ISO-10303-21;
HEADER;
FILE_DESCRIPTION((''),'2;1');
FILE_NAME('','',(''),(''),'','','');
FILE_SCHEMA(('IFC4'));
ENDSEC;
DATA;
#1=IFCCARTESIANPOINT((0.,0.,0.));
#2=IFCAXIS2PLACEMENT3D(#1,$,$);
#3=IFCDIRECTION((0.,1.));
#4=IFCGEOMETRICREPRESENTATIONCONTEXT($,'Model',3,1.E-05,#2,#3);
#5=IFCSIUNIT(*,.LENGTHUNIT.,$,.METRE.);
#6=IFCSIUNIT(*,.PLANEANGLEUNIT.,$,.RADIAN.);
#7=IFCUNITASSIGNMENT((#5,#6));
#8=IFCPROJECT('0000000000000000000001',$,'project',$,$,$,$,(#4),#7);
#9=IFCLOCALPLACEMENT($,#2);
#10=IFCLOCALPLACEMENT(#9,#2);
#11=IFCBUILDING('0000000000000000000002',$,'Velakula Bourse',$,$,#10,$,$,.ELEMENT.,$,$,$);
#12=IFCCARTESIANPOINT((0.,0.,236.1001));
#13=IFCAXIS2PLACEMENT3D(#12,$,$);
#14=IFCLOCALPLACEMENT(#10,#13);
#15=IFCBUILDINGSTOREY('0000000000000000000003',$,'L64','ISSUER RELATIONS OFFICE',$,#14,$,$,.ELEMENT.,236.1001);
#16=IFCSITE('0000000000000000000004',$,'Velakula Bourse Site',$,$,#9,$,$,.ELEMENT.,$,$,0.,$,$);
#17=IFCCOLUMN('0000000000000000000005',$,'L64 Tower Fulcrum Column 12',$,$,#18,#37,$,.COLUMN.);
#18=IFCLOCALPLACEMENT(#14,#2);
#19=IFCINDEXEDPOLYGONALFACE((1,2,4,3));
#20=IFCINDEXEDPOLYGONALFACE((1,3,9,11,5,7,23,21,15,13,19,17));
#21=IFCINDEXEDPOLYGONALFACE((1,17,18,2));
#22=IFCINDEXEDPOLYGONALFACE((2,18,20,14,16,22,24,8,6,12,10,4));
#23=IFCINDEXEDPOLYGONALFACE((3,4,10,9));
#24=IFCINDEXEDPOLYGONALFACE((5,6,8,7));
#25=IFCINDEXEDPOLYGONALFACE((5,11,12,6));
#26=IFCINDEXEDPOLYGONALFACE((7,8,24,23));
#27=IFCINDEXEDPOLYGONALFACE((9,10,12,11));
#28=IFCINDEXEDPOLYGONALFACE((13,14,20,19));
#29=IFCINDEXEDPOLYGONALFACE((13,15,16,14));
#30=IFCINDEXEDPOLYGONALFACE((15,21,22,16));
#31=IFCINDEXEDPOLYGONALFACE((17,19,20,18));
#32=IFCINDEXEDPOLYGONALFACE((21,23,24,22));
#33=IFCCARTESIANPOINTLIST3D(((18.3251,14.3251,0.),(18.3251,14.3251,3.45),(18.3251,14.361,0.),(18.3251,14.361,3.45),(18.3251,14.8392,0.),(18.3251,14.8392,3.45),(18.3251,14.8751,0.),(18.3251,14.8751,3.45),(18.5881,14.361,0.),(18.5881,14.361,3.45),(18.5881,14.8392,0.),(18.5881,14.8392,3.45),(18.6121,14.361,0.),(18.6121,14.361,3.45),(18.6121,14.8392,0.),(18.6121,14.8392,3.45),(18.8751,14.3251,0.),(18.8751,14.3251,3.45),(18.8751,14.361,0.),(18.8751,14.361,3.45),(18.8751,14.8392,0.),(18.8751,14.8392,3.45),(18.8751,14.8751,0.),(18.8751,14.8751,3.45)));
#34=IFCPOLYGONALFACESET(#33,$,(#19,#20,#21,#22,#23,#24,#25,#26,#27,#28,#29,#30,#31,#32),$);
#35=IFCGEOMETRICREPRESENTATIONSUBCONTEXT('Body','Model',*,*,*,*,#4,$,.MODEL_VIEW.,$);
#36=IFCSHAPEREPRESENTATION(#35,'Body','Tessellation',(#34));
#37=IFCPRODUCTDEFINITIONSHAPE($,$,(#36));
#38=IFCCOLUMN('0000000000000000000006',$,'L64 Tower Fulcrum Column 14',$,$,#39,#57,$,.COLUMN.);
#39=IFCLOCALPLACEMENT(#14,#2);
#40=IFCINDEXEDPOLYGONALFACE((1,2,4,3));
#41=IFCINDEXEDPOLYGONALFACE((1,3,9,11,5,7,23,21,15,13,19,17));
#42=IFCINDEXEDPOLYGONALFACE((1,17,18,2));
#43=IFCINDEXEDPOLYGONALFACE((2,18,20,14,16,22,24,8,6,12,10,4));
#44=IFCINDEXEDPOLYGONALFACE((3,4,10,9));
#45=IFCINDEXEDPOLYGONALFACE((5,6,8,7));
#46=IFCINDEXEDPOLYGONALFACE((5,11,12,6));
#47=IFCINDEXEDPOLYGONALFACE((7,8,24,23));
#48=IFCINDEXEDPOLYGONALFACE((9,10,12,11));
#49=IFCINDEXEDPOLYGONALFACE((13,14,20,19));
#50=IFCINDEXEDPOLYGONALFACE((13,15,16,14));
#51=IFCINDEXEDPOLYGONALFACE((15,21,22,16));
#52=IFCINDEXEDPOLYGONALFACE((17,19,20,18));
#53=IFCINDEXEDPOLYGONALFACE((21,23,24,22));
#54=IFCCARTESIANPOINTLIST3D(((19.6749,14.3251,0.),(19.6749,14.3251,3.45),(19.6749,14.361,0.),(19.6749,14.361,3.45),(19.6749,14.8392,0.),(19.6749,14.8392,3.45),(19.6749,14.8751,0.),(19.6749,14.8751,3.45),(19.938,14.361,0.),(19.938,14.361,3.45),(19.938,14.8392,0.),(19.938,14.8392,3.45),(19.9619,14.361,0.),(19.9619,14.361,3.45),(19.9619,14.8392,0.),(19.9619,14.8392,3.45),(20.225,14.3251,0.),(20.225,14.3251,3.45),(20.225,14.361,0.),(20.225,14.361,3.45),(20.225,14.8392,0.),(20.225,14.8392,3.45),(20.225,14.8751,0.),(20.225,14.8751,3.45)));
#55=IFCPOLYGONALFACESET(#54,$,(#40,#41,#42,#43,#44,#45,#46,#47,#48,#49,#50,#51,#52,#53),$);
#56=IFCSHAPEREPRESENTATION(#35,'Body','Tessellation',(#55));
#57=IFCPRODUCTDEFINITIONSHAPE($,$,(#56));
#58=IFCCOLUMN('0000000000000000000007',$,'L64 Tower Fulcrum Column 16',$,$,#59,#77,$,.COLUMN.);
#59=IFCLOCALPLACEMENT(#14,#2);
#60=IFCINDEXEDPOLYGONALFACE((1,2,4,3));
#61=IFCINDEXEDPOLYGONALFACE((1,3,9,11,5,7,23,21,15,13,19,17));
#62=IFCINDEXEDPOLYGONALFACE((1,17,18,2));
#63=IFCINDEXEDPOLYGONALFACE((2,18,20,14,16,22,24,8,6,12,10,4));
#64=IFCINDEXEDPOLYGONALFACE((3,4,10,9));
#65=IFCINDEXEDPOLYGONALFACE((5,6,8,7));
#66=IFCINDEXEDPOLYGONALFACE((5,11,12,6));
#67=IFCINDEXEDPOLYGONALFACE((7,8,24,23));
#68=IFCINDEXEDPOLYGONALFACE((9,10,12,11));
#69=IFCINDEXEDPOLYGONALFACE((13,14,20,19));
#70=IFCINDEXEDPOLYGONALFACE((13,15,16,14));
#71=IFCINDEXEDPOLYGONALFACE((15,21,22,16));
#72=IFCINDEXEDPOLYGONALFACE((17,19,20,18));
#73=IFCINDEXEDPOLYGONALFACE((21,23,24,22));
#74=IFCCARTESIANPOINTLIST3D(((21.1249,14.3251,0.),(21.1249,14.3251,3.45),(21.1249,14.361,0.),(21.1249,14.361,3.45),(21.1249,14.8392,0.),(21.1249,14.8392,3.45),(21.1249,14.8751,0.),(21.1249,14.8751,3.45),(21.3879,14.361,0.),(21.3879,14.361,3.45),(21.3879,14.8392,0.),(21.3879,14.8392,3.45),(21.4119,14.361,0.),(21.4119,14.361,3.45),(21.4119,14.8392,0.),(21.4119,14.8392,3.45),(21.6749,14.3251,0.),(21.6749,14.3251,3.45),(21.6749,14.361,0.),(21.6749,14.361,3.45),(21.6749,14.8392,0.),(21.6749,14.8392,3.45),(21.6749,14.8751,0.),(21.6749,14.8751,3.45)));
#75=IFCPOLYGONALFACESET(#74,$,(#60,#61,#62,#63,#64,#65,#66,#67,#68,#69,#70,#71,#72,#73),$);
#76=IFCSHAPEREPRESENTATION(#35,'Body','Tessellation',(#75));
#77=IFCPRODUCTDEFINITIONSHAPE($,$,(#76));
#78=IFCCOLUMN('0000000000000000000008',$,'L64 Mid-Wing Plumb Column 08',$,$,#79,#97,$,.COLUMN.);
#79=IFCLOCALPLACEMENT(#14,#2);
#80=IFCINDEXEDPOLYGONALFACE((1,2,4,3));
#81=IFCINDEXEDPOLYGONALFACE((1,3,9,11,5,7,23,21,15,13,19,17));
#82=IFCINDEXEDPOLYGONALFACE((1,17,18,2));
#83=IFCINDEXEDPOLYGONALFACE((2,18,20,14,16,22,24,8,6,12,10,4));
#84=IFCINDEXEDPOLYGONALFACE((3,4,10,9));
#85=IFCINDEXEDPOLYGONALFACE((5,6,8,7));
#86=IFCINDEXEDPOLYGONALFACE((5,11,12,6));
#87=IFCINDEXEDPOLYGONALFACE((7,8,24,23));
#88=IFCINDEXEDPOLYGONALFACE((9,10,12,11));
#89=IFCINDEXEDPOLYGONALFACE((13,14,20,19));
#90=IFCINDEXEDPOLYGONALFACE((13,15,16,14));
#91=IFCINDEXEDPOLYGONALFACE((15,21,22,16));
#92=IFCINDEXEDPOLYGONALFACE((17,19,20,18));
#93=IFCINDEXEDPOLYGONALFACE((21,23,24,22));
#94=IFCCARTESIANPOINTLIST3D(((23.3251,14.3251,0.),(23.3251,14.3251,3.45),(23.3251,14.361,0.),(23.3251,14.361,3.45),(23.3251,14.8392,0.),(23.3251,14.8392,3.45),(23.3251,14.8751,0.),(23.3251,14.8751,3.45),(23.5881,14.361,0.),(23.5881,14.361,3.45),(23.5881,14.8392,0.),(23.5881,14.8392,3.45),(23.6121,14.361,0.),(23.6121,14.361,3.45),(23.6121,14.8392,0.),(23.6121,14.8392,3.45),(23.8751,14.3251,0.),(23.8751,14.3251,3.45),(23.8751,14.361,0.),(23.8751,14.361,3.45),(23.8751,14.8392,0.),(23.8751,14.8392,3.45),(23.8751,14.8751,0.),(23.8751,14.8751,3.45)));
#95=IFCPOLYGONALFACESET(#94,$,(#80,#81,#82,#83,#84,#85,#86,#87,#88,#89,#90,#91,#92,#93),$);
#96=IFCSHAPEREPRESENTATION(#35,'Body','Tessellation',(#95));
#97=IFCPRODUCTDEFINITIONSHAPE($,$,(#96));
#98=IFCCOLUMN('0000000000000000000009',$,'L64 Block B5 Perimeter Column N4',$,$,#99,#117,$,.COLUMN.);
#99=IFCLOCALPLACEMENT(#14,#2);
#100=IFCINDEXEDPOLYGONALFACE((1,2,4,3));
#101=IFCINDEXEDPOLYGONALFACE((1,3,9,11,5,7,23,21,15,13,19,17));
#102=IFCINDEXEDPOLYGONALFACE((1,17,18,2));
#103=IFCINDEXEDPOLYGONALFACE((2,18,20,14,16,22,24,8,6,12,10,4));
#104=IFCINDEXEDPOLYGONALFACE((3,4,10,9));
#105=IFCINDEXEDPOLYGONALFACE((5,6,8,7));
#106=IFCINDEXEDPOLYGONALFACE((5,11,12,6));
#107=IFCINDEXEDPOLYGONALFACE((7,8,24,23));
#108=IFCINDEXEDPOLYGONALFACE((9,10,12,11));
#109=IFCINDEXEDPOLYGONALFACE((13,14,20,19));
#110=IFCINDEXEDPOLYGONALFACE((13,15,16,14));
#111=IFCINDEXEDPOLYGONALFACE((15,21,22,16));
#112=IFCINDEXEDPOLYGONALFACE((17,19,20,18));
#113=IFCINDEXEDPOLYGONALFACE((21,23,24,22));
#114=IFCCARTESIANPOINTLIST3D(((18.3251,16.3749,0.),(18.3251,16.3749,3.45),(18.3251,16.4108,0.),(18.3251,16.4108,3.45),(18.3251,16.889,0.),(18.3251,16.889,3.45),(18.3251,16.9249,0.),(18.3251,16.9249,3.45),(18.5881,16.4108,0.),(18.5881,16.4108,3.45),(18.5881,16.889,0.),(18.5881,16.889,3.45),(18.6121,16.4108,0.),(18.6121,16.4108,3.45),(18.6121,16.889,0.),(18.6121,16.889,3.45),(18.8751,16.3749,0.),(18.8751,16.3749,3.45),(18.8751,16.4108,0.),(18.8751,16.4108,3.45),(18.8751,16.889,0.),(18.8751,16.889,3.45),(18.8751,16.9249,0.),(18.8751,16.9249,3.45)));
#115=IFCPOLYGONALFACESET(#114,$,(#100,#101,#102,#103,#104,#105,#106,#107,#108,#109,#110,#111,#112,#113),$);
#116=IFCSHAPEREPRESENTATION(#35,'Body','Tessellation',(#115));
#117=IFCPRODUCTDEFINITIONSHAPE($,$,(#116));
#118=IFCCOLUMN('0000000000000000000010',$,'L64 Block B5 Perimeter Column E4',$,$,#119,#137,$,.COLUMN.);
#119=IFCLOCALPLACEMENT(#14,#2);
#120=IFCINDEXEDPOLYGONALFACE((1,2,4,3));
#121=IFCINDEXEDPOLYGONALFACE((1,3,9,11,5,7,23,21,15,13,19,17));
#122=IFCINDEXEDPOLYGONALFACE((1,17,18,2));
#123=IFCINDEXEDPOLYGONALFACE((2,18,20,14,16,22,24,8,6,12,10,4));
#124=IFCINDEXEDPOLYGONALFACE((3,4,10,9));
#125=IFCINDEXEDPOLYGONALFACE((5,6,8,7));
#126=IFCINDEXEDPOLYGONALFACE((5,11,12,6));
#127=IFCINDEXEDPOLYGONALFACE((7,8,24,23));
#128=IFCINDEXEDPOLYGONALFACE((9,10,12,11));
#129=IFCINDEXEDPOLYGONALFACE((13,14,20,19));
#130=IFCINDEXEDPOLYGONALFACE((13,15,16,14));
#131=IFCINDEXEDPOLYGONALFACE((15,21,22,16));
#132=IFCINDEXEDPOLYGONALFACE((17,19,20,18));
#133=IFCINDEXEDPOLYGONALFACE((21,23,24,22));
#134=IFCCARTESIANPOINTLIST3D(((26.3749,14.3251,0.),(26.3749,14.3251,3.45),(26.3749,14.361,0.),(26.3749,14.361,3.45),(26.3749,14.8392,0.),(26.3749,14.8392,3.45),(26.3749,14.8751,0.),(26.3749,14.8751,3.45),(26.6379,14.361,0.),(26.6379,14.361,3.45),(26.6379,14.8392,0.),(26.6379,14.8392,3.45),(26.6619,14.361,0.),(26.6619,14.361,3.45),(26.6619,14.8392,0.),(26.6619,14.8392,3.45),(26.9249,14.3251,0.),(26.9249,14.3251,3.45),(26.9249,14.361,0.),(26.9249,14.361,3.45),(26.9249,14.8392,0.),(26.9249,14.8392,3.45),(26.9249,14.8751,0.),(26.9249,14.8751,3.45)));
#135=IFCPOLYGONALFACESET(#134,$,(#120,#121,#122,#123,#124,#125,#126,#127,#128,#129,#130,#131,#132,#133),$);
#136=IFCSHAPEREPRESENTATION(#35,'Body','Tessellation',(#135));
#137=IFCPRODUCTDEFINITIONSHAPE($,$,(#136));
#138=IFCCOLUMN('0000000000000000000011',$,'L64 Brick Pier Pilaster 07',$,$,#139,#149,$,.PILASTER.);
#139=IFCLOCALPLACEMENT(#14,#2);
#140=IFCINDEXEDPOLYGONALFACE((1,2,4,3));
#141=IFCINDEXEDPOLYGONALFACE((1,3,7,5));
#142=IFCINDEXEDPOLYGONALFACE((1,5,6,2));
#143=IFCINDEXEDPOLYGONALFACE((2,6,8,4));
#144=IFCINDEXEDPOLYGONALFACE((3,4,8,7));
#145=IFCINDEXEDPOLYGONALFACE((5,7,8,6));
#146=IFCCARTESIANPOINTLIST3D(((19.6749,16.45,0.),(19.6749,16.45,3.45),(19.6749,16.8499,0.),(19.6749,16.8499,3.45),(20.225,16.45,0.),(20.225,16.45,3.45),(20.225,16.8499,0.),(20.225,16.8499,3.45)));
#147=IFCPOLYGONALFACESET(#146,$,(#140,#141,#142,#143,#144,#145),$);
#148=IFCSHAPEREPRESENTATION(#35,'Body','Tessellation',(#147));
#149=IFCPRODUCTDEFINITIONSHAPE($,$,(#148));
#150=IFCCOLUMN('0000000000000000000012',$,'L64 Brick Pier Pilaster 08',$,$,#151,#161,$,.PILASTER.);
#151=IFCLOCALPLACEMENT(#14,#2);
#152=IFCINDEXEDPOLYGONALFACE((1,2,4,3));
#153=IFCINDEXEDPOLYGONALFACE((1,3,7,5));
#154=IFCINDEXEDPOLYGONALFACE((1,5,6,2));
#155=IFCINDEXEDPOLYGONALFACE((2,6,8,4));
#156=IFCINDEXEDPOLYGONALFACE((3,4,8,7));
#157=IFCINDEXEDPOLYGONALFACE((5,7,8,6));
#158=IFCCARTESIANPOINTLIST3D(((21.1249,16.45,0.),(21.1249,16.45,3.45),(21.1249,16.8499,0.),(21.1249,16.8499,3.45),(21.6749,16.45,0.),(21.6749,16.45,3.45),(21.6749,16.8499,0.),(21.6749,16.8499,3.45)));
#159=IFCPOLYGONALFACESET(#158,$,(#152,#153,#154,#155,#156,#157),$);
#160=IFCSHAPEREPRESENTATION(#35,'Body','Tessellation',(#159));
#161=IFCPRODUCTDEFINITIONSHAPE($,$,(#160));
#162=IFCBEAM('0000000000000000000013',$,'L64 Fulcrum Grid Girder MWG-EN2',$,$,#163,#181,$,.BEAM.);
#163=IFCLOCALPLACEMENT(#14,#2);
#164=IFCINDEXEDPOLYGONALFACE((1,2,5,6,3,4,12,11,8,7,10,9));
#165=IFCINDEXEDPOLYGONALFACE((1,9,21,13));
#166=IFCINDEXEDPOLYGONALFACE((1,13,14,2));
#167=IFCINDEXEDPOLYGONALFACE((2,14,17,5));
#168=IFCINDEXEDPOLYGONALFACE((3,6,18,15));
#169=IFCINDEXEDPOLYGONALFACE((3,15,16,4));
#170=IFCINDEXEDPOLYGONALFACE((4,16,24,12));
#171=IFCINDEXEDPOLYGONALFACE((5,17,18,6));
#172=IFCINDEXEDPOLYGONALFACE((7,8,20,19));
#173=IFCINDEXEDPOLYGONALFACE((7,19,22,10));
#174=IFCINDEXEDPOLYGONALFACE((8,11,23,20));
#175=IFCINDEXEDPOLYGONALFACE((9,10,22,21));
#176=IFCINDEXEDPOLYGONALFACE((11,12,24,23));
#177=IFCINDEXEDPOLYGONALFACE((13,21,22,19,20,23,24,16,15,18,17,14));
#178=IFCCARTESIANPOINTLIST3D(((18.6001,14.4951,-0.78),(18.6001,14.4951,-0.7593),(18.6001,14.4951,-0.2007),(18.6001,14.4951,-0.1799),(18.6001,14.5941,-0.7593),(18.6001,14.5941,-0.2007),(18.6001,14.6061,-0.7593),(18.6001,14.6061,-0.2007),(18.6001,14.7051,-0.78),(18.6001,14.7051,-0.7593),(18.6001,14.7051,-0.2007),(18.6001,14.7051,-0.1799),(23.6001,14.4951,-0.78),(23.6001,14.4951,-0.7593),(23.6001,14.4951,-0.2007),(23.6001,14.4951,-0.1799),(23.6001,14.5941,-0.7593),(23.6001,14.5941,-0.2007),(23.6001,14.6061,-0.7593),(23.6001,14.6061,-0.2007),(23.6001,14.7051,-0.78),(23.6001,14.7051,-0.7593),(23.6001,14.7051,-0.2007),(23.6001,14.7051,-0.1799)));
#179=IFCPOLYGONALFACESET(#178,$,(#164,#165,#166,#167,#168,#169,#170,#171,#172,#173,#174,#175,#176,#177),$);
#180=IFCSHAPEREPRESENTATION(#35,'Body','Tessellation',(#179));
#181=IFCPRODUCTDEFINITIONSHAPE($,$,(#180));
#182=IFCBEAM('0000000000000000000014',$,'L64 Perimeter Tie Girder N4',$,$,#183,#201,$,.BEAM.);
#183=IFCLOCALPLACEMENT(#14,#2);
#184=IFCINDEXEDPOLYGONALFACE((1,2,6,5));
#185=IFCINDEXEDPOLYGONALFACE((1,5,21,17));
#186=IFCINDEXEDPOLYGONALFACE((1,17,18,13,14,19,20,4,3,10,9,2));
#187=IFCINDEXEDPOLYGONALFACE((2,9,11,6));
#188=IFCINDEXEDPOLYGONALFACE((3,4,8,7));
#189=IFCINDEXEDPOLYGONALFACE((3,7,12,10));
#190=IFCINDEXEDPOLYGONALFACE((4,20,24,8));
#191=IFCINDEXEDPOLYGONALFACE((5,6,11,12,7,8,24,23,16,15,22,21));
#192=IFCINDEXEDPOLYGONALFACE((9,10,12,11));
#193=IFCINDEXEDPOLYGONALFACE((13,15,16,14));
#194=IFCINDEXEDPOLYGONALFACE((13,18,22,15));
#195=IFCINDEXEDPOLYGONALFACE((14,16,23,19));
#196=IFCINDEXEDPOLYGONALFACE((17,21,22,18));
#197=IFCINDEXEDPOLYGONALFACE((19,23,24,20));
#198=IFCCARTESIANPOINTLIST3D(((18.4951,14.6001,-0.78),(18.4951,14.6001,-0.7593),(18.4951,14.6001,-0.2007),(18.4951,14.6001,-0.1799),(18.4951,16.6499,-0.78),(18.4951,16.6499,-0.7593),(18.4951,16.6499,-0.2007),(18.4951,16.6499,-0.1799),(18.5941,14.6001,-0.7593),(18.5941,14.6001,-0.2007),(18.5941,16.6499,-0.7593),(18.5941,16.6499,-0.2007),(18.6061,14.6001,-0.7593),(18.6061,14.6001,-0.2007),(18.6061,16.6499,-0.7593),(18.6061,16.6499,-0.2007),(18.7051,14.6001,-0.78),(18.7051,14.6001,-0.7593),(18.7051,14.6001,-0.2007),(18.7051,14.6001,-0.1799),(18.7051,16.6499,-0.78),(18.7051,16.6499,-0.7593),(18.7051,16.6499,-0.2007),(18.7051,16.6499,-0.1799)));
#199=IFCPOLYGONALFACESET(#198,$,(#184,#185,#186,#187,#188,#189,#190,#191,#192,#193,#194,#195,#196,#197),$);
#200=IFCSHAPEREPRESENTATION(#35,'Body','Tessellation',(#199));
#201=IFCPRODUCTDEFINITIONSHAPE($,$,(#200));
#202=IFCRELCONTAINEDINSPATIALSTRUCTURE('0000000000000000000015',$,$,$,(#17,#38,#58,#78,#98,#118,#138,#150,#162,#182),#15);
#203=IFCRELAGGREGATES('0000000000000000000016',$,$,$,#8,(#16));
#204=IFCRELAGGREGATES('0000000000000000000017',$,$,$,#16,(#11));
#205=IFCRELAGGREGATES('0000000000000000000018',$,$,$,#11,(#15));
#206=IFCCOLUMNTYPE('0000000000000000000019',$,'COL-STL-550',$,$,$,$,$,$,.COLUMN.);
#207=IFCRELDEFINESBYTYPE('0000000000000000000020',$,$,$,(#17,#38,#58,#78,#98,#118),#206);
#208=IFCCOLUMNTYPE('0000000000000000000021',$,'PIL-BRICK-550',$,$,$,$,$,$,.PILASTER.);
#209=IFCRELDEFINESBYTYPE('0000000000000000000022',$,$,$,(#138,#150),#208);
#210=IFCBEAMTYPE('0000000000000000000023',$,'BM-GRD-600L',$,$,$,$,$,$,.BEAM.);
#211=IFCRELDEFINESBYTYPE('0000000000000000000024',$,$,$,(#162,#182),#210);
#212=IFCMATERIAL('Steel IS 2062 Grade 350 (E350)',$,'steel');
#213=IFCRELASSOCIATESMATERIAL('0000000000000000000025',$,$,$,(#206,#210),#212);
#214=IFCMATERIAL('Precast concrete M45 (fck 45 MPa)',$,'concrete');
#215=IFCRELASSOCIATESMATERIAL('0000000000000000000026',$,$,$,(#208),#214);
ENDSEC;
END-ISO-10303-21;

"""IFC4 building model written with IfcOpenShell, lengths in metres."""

from ifc_helpers import new_model, si_unit, direction, frame, origin, origin_2d, place, context, subcontext, project, spatial, rectangle, i_section, extrude, material, material_profile, profile_set, type_object, element, save


model = new_model("IFC4")

# Units and contexts
model_context = context("Model", 3, precision=1e-05, world=origin(), true_north=direction((0.0, 1.0)))
body_context = subcontext(model_context, "Body", "Model", "MODEL_VIEW")
ifc_project = project(units=[si_unit("LENGTHUNIT", "METRE"), si_unit("PLANEANGLEUNIT", "RADIAN")], contexts=[model_context])

# Site, building, storey
site_placement = place(None, origin())
site = spatial("IfcSite", under=ifc_project, at=site_placement, Name="Velakula Bourse Site", CompositionType="ELEMENT", RefElevation=0.0)
building_placement = place(site_placement, origin())
building = spatial("IfcBuilding", under=site, at=building_placement, Name="Velakula Bourse", CompositionType="ELEMENT")
storey_placement = place(building_placement, frame((0.0, 0.0, 236.1001)))
storey = spatial("IfcBuildingStorey", under=building, at=storey_placement, Name="L64", Description="ISSUER RELATIONS OFFICE", CompositionType="ELEMENT", Elevation=236.1001)

# Columns
ifc_material_1 = material(Name="Steel IS 2062 Grade 350 (E350)", Category="steel")
ifc_material_profile_1 = material_profile(ifc_material_1, i_section(OverallWidth=0.55, OverallDepth=0.55, WebThickness=0.0239, FlangeThickness=0.0359, at=origin_2d()), Name="Steel IS 2062 Grade 350 (E350)")
ifc_profile_set_1 = profile_set([ifc_material_profile_1], Name="Steel IS 2062 Grade 350 (E350)")
column_type_1 = type_object("IfcColumnType", Name="COL-STL-550", PredefinedType="COLUMN", material=ifc_profile_set_1)
for number, where, z_axis, x_axis, name in (
    (1, (18.6001, 14.6001, 0.0), (0.0, 0.0, 1.0), (1.0, 0.0, 0.0), "L64 Tower Fulcrum Column 12"),
    (2, (19.95, 14.6001, 0.0), (0.0, 0.0, 1.0), (1.0, 0.0, 0.0), "L64 Tower Fulcrum Column 14"),
    (3, (21.3999, 14.6001, 0.0), (0.0, 0.0, 1.0), (1.0, 0.0, 0.0), "L64 Tower Fulcrum Column 16"),
    (4, (23.6001, 14.6001, 0.0), (0.0, 0.0, 1.0), (1.0, 0.0, 0.0), "L64 Mid-Wing Plumb Column 08"),
    (5, (18.6001, 16.6499, 0.0), (0.0, 0.0, 1.0), (1.0, 0.0, 0.0), "L64 Block B5 Perimeter Column N4"),
    (6, (26.6499, 14.6001, 0.0), (0.0, 0.0, 1.0), (1.0, 0.0, 0.0), "L64 Block B5 Perimeter Column E4"),
):
    element("IfcColumn", number, at=place(storey_placement, frame(where, z_axis=z_axis, x_axis=x_axis)), inside=storey, type_object=column_type_1, Name=name, PredefinedType="COLUMN", context=body_context, shape_type="SweptSolid", body=[
        extrude(i_section(OverallWidth=0.55, OverallDepth=0.55, WebThickness=0.0239, FlangeThickness=0.0359, at=origin_2d()), origin(), (0.0, 0.0, 1.0), 3.45),
    ])
ifc_material_2 = material(Name="Precast concrete M45 (fck 45 MPa)", Category="concrete")
ifc_material_profile_2 = material_profile(ifc_material_2, rectangle(XDim=0.55, YDim=0.3999, at=origin_2d()), Name="Precast concrete M45 (fck 45 MPa)")
ifc_profile_set_2 = profile_set([ifc_material_profile_2], Name="Precast concrete M45 (fck 45 MPa)")
column_type_2 = type_object("IfcColumnType", Name="PIL-BRICK-550", PredefinedType="PILASTER", material=ifc_profile_set_2)
for number, where, z_axis, x_axis, name in (
    (7, (19.95, 16.6499, 0.0), (0.0, 0.0, 1.0), (1.0, 0.0, 0.0), "L64 Brick Pier Pilaster 07"),
    (8, (21.3999, 16.6499, 0.0), (0.0, 0.0, 1.0), (1.0, 0.0, 0.0), "L64 Brick Pier Pilaster 08"),
):
    element("IfcColumn", number, at=place(storey_placement, frame(where, z_axis=z_axis, x_axis=x_axis)), inside=storey, type_object=column_type_2, Name=name, PredefinedType="PILASTER", context=body_context, shape_type="SweptSolid", body=[
        extrude(rectangle(XDim=0.55, YDim=0.3999, at=origin_2d()), origin(), (0.0, 0.0, 1.0), 3.45),
    ])

# Beams
ifc_material_profile_3 = material_profile(ifc_material_1, i_section(OverallWidth=0.21, OverallDepth=0.6001, WebThickness=0.012, FlangeThickness=0.0208, at=origin_2d()), Name="Steel IS 2062 Grade 350 (E350)")
ifc_profile_set_3 = profile_set([ifc_material_profile_3], Name="Steel IS 2062 Grade 350 (E350)")
beam_type_1 = type_object("IfcBeamType", Name="BM-GRD-600L", PredefinedType="BEAM", material=ifc_profile_set_3)
beam_1_placement = place(storey_placement, frame((18.6001, 14.6001, -0.48), z_axis=(1.0, 0.0, 0.0), x_axis=(0.0, 1.0, 0.0)))
element("IfcBeam", 9, at=beam_1_placement, inside=storey, type_object=beam_type_1, Name="L64 Fulcrum Grid Girder MWG-EN2", PredefinedType="BEAM", context=body_context, shape_type="SweptSolid", body=[
    extrude(i_section(OverallWidth=0.21, OverallDepth=0.6001, WebThickness=0.012, FlangeThickness=0.0208, at=origin_2d()), origin(), (0.0, 0.0, 1.0), 5.0),
])
beam_2_placement = place(storey_placement, frame((18.6001, 14.6001, -0.48), z_axis=(0.0, 1.0, 0.0), x_axis=(-1.0, 0.0, 0.0)))
element("IfcBeam", 10, at=beam_2_placement, inside=storey, type_object=beam_type_1, Name="L64 Perimeter Tie Girder N4", PredefinedType="BEAM", context=body_context, shape_type="SweptSolid", body=[
    extrude(i_section(OverallWidth=0.21, OverallDepth=0.6001, WebThickness=0.012, FlangeThickness=0.0208, at=origin_2d()), origin(), (0.0, 0.0, 1.0), 2.0498),
])

save(model, "model.ifc")
